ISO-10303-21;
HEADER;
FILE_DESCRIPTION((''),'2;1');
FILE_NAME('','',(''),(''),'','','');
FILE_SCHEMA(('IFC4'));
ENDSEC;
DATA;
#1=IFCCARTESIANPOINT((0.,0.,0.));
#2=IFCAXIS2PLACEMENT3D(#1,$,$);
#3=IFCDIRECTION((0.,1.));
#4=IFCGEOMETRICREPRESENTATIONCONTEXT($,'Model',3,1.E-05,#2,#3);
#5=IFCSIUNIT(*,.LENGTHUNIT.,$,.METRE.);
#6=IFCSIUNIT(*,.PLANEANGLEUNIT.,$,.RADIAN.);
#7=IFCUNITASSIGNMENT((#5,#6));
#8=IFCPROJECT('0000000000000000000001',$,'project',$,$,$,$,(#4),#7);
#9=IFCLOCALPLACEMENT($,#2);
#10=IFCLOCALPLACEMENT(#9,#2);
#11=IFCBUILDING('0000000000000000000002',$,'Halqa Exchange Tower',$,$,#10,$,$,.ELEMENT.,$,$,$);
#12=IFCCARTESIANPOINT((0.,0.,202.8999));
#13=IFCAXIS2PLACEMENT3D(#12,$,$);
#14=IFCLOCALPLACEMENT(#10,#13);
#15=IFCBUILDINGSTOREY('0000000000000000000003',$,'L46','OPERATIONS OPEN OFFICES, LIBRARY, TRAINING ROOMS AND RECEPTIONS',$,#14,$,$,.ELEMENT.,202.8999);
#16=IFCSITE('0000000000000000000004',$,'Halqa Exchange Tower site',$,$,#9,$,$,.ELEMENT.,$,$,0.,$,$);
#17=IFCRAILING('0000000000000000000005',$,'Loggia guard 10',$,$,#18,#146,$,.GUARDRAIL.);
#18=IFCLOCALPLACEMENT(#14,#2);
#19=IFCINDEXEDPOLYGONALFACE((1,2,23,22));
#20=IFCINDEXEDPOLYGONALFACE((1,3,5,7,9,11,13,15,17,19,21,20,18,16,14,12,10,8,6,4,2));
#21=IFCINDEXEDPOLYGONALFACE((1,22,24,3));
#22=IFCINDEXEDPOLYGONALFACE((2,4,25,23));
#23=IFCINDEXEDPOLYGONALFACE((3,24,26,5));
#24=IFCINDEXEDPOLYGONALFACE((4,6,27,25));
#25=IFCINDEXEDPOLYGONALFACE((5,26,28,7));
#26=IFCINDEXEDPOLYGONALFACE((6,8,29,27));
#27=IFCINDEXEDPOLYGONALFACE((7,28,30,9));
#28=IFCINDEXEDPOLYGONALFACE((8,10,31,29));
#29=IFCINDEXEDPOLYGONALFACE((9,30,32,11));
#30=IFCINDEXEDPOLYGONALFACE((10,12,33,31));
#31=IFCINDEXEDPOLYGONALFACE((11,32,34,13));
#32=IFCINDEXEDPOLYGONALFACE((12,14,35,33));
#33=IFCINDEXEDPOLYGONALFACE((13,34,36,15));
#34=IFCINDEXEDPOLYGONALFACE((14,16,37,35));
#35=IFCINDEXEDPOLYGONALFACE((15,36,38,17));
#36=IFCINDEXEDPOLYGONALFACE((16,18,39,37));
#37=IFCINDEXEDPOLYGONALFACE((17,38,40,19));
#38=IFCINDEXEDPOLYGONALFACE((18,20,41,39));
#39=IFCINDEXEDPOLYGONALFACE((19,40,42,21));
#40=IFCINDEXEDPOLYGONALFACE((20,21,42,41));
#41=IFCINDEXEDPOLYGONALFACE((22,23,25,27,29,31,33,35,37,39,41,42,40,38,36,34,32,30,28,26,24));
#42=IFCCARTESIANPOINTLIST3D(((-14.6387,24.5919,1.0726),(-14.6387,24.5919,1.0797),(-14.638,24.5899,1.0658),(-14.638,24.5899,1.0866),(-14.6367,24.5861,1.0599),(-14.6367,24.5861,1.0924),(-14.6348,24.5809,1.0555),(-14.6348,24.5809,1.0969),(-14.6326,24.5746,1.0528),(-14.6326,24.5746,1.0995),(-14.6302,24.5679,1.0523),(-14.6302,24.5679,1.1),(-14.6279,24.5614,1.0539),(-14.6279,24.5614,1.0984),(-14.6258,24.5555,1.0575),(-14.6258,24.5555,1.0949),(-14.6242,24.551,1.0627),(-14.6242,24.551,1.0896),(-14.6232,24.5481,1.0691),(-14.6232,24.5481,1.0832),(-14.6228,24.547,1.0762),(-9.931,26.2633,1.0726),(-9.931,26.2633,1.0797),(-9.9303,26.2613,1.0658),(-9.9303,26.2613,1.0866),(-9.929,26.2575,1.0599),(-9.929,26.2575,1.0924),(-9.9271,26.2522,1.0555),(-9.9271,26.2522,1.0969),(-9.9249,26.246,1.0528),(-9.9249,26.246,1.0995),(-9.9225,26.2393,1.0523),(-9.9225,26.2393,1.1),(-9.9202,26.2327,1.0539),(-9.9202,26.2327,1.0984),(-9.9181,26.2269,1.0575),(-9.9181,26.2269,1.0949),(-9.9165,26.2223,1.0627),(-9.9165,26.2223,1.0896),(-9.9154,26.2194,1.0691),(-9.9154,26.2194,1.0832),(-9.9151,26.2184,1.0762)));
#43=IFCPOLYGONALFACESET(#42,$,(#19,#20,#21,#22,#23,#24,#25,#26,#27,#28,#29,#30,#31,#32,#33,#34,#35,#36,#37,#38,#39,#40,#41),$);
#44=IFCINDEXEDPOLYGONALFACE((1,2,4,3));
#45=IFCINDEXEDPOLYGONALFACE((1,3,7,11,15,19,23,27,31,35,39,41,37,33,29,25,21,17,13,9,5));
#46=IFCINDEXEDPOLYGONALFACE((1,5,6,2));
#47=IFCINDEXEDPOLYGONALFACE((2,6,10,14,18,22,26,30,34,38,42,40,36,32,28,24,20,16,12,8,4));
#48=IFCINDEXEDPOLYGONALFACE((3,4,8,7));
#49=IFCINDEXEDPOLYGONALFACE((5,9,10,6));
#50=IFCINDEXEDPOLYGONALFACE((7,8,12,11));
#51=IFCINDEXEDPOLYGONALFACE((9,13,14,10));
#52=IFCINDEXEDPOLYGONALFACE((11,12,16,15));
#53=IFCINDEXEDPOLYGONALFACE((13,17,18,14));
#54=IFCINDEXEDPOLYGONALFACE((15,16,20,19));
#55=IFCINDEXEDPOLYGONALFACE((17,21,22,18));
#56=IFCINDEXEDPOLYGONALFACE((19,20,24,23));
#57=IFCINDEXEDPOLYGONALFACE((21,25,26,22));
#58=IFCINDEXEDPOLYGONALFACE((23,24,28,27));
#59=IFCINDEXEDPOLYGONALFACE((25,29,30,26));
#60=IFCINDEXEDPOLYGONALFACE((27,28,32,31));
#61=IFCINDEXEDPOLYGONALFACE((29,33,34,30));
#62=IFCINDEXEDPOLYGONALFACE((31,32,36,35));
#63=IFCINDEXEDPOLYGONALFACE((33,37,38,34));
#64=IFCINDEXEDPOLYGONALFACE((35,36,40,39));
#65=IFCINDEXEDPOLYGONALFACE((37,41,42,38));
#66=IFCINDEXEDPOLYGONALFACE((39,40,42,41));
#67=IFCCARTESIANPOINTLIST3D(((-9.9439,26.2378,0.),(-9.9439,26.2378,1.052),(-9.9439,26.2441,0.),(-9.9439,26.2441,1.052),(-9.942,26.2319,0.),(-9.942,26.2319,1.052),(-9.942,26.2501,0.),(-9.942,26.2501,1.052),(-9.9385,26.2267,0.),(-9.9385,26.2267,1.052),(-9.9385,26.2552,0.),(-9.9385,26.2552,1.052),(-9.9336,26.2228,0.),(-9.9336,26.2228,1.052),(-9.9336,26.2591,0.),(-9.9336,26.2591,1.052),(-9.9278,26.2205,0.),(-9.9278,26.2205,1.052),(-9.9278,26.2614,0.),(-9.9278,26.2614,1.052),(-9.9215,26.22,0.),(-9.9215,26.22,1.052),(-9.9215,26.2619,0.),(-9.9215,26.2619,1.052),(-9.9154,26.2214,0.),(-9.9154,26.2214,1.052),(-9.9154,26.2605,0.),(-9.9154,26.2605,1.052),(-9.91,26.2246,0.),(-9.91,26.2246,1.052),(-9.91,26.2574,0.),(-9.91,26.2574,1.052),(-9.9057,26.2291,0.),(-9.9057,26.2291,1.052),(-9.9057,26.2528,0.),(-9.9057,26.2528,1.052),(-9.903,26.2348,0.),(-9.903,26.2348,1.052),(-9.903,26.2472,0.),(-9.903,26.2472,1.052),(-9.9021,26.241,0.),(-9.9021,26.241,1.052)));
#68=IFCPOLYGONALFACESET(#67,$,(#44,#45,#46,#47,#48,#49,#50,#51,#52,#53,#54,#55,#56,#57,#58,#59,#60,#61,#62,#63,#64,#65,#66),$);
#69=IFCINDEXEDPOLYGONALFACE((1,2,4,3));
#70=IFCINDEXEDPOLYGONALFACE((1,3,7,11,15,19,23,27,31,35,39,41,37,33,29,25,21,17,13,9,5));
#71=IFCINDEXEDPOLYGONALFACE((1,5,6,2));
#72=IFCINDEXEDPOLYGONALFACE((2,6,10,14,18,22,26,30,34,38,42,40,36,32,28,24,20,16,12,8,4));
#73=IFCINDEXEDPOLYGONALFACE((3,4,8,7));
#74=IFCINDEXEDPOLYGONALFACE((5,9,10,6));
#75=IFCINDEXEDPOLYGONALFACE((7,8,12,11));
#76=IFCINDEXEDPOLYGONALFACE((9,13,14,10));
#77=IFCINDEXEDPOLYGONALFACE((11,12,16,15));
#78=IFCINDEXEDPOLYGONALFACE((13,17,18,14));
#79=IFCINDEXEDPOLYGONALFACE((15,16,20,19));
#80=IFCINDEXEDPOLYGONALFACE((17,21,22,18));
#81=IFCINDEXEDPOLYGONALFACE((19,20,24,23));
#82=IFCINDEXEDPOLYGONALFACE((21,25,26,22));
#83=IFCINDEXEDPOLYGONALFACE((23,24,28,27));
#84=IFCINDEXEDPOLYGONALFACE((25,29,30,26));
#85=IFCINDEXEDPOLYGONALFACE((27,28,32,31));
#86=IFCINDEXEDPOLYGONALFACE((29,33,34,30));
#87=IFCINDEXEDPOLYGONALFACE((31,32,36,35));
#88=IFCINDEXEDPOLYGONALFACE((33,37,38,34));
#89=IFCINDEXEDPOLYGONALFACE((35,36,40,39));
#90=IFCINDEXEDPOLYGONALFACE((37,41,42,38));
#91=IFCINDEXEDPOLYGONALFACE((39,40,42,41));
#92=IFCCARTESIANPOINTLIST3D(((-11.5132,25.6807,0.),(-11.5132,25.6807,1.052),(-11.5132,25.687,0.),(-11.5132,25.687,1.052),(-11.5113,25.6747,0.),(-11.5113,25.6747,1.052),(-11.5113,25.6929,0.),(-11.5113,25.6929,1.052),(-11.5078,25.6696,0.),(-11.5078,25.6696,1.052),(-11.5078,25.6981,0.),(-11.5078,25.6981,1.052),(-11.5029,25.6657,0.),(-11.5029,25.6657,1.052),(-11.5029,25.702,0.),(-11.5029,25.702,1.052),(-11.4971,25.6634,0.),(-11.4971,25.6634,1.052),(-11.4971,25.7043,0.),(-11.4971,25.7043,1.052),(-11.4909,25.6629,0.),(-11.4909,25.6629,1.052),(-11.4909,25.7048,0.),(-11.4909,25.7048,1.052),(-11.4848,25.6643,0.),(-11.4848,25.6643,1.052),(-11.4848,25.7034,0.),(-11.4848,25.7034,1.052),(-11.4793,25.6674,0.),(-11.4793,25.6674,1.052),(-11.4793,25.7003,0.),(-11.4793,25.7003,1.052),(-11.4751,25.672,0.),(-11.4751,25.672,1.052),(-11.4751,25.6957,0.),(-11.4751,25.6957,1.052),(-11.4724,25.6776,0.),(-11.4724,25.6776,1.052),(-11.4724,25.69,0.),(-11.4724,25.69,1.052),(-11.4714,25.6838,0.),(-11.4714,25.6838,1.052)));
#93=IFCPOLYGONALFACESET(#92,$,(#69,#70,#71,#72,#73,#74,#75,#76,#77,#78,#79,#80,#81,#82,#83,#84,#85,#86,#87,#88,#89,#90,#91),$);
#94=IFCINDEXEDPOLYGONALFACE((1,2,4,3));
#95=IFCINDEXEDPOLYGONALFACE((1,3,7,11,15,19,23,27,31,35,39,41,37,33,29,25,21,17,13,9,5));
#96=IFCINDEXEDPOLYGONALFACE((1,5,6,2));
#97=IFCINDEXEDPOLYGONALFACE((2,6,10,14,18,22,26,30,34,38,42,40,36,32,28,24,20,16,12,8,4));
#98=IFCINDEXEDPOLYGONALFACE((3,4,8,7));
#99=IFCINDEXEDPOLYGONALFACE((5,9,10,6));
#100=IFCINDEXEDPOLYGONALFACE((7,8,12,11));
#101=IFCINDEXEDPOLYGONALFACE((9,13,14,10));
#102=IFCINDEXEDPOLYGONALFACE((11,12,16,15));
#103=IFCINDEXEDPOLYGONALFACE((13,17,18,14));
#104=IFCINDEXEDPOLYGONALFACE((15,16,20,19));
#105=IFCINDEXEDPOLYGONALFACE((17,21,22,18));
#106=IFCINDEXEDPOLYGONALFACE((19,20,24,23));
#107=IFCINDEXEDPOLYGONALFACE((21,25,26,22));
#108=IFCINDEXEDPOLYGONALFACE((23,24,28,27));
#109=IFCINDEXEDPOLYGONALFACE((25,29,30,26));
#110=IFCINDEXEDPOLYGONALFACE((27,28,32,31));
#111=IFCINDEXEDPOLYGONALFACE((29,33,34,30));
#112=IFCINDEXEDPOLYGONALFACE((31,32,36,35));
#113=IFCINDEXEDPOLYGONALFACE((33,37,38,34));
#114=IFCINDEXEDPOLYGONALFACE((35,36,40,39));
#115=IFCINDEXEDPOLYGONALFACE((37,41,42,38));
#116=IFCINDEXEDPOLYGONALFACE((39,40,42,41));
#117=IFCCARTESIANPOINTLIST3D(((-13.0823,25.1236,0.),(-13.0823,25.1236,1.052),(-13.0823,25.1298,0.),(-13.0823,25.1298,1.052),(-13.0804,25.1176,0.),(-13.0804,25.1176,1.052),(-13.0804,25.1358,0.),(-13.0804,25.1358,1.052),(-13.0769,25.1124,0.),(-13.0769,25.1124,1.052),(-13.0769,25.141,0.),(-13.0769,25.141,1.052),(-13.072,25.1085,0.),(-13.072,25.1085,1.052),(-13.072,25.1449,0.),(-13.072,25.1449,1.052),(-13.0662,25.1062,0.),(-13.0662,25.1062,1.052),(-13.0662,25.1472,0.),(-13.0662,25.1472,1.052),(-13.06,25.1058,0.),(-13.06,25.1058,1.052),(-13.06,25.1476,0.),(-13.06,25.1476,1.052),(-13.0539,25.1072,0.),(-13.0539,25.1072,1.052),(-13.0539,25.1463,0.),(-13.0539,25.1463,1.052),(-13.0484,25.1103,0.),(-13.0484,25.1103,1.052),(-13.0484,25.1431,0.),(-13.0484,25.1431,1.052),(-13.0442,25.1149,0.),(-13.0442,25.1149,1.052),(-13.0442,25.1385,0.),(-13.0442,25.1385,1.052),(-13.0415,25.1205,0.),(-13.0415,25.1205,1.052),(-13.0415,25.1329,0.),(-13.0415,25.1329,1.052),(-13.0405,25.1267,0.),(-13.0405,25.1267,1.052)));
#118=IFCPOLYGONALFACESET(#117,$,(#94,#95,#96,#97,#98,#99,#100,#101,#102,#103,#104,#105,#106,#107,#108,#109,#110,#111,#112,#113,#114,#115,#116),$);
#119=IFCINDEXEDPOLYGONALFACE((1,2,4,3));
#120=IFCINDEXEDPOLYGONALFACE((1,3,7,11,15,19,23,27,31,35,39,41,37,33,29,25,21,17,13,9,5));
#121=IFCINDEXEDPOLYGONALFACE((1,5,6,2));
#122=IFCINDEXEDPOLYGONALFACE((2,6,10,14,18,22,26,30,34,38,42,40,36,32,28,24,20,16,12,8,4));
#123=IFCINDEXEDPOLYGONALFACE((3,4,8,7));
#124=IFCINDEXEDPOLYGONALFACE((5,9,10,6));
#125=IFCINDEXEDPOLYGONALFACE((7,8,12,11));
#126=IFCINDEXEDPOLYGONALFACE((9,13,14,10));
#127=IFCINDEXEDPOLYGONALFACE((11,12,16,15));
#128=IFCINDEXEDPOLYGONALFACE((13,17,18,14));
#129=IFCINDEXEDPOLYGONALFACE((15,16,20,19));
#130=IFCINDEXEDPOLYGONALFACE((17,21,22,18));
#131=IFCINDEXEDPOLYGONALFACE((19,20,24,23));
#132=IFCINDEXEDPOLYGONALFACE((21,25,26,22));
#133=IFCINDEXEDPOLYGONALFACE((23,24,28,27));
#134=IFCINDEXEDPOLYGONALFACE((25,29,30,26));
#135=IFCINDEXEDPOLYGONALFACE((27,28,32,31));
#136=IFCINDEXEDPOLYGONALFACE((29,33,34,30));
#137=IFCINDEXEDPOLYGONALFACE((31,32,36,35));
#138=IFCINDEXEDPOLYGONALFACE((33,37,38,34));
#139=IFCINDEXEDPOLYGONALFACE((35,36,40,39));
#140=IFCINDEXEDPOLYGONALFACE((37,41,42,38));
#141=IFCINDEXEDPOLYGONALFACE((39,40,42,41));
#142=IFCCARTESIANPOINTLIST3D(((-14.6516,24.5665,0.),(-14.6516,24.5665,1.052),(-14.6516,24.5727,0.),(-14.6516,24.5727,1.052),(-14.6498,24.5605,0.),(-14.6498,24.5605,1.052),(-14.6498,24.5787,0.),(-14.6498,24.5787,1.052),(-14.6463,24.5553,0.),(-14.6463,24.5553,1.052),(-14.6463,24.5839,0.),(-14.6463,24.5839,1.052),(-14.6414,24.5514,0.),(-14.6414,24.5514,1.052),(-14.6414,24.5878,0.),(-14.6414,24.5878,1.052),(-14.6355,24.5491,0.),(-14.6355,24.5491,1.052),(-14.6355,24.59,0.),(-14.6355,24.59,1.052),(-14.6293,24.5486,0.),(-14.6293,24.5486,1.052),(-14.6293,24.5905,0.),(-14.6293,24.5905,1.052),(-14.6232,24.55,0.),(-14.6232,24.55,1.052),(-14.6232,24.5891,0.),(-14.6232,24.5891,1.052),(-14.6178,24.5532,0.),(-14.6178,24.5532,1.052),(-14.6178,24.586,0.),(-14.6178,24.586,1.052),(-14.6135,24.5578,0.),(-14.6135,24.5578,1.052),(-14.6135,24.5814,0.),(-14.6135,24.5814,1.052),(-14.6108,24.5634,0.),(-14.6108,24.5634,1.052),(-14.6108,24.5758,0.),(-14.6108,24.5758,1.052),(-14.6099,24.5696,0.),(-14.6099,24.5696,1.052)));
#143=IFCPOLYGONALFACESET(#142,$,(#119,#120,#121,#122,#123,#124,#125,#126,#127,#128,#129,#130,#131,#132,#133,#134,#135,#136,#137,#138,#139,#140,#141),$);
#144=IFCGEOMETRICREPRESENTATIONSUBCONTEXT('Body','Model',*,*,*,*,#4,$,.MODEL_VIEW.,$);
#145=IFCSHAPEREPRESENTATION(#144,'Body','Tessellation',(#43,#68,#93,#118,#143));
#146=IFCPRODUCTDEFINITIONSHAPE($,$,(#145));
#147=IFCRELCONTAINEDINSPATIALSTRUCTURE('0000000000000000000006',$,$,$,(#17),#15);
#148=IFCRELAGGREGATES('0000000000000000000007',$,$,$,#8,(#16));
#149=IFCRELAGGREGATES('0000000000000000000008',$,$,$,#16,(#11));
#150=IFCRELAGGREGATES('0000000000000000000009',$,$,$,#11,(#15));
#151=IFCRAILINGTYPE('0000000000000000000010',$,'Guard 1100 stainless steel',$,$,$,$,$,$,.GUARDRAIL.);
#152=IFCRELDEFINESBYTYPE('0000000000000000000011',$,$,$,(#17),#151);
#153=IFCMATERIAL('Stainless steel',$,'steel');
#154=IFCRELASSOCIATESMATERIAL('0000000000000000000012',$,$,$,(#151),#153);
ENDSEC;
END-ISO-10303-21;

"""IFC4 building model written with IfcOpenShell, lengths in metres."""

from ifc_helpers import new_model, si_unit, direction, frame, origin, origin_2d, place, context, subcontext, project, spatial, circle, extrude, material, type_object, element, save


model = new_model("IFC4")

# Units and contexts
model_context = context("Model", 3, precision=1e-05, world=origin(), true_north=direction((0.0, 1.0)))
body_context = subcontext(model_context, "Body", "Model", "MODEL_VIEW")
ifc_project = project(units=[si_unit("LENGTHUNIT", "METRE"), si_unit("PLANEANGLEUNIT", "RADIAN")], contexts=[model_context])

# Site, building, storey
site_placement = place(None, origin())
site = spatial("IfcSite", under=ifc_project, at=site_placement, Name="Halqa Exchange Tower site", CompositionType="ELEMENT", RefElevation=0.0)
building_placement = place(site_placement, origin())
building = spatial("IfcBuilding", under=site, at=building_placement, Name="Halqa Exchange Tower", CompositionType="ELEMENT")
storey_placement = place(building_placement, frame((0.0, 0.0, 202.8999)))
storey = spatial("IfcBuildingStorey", under=building, at=storey_placement, Name="L46", Description="OPERATIONS OPEN OFFICES, LIBRARY, TRAINING ROOMS AND RECEPTIONS", CompositionType="ELEMENT", Elevation=202.8999)

# Railing
ifc_material_1 = material(Name="Stainless steel", Category="steel")
railing_type_1 = type_object("IfcRailingType", Name="Guard 1100 stainless steel", PredefinedType="GUARDRAIL", material=ifc_material_1)
railing_1_placement = place(storey_placement, frame((-9.9231, 26.241, 0.0)))
element("IfcRailing", 1, at=railing_1_placement, inside=storey, type_object=railing_type_1, Name="Loggia guard 10", PredefinedType="GUARDRAIL", context=body_context, shape_type="SweptSolid", body=[
    extrude(circle(Radius=0.0239, at=origin_2d()), frame((0.0, 0.0, 1.0762), z_axis=(-0.942372, -0.334568, 0.0), x_axis=(0.334568, -0.942372, 0.0)), (0.0, 0.0, 1.0), 4.9956),
    extrude(circle(Radius=0.021, at=origin_2d()), origin(), (0.0, 0.0, 1.0), 1.052),
    extrude(circle(Radius=0.021, at=origin_2d()), frame((-1.5693, -0.5571, 0.0)), (0.0, 0.0, 1.0), 1.052),
    extrude(circle(Radius=0.021, at=origin_2d()), frame((-3.1384, -1.1143, 0.0)), (0.0, 0.0, 1.0), 1.052),
    extrude(circle(Radius=0.021, at=origin_2d()), frame((-4.7078, -1.6714, 0.0)), (0.0, 0.0, 1.0), 1.052),
])

save(model, "model.ifc")
